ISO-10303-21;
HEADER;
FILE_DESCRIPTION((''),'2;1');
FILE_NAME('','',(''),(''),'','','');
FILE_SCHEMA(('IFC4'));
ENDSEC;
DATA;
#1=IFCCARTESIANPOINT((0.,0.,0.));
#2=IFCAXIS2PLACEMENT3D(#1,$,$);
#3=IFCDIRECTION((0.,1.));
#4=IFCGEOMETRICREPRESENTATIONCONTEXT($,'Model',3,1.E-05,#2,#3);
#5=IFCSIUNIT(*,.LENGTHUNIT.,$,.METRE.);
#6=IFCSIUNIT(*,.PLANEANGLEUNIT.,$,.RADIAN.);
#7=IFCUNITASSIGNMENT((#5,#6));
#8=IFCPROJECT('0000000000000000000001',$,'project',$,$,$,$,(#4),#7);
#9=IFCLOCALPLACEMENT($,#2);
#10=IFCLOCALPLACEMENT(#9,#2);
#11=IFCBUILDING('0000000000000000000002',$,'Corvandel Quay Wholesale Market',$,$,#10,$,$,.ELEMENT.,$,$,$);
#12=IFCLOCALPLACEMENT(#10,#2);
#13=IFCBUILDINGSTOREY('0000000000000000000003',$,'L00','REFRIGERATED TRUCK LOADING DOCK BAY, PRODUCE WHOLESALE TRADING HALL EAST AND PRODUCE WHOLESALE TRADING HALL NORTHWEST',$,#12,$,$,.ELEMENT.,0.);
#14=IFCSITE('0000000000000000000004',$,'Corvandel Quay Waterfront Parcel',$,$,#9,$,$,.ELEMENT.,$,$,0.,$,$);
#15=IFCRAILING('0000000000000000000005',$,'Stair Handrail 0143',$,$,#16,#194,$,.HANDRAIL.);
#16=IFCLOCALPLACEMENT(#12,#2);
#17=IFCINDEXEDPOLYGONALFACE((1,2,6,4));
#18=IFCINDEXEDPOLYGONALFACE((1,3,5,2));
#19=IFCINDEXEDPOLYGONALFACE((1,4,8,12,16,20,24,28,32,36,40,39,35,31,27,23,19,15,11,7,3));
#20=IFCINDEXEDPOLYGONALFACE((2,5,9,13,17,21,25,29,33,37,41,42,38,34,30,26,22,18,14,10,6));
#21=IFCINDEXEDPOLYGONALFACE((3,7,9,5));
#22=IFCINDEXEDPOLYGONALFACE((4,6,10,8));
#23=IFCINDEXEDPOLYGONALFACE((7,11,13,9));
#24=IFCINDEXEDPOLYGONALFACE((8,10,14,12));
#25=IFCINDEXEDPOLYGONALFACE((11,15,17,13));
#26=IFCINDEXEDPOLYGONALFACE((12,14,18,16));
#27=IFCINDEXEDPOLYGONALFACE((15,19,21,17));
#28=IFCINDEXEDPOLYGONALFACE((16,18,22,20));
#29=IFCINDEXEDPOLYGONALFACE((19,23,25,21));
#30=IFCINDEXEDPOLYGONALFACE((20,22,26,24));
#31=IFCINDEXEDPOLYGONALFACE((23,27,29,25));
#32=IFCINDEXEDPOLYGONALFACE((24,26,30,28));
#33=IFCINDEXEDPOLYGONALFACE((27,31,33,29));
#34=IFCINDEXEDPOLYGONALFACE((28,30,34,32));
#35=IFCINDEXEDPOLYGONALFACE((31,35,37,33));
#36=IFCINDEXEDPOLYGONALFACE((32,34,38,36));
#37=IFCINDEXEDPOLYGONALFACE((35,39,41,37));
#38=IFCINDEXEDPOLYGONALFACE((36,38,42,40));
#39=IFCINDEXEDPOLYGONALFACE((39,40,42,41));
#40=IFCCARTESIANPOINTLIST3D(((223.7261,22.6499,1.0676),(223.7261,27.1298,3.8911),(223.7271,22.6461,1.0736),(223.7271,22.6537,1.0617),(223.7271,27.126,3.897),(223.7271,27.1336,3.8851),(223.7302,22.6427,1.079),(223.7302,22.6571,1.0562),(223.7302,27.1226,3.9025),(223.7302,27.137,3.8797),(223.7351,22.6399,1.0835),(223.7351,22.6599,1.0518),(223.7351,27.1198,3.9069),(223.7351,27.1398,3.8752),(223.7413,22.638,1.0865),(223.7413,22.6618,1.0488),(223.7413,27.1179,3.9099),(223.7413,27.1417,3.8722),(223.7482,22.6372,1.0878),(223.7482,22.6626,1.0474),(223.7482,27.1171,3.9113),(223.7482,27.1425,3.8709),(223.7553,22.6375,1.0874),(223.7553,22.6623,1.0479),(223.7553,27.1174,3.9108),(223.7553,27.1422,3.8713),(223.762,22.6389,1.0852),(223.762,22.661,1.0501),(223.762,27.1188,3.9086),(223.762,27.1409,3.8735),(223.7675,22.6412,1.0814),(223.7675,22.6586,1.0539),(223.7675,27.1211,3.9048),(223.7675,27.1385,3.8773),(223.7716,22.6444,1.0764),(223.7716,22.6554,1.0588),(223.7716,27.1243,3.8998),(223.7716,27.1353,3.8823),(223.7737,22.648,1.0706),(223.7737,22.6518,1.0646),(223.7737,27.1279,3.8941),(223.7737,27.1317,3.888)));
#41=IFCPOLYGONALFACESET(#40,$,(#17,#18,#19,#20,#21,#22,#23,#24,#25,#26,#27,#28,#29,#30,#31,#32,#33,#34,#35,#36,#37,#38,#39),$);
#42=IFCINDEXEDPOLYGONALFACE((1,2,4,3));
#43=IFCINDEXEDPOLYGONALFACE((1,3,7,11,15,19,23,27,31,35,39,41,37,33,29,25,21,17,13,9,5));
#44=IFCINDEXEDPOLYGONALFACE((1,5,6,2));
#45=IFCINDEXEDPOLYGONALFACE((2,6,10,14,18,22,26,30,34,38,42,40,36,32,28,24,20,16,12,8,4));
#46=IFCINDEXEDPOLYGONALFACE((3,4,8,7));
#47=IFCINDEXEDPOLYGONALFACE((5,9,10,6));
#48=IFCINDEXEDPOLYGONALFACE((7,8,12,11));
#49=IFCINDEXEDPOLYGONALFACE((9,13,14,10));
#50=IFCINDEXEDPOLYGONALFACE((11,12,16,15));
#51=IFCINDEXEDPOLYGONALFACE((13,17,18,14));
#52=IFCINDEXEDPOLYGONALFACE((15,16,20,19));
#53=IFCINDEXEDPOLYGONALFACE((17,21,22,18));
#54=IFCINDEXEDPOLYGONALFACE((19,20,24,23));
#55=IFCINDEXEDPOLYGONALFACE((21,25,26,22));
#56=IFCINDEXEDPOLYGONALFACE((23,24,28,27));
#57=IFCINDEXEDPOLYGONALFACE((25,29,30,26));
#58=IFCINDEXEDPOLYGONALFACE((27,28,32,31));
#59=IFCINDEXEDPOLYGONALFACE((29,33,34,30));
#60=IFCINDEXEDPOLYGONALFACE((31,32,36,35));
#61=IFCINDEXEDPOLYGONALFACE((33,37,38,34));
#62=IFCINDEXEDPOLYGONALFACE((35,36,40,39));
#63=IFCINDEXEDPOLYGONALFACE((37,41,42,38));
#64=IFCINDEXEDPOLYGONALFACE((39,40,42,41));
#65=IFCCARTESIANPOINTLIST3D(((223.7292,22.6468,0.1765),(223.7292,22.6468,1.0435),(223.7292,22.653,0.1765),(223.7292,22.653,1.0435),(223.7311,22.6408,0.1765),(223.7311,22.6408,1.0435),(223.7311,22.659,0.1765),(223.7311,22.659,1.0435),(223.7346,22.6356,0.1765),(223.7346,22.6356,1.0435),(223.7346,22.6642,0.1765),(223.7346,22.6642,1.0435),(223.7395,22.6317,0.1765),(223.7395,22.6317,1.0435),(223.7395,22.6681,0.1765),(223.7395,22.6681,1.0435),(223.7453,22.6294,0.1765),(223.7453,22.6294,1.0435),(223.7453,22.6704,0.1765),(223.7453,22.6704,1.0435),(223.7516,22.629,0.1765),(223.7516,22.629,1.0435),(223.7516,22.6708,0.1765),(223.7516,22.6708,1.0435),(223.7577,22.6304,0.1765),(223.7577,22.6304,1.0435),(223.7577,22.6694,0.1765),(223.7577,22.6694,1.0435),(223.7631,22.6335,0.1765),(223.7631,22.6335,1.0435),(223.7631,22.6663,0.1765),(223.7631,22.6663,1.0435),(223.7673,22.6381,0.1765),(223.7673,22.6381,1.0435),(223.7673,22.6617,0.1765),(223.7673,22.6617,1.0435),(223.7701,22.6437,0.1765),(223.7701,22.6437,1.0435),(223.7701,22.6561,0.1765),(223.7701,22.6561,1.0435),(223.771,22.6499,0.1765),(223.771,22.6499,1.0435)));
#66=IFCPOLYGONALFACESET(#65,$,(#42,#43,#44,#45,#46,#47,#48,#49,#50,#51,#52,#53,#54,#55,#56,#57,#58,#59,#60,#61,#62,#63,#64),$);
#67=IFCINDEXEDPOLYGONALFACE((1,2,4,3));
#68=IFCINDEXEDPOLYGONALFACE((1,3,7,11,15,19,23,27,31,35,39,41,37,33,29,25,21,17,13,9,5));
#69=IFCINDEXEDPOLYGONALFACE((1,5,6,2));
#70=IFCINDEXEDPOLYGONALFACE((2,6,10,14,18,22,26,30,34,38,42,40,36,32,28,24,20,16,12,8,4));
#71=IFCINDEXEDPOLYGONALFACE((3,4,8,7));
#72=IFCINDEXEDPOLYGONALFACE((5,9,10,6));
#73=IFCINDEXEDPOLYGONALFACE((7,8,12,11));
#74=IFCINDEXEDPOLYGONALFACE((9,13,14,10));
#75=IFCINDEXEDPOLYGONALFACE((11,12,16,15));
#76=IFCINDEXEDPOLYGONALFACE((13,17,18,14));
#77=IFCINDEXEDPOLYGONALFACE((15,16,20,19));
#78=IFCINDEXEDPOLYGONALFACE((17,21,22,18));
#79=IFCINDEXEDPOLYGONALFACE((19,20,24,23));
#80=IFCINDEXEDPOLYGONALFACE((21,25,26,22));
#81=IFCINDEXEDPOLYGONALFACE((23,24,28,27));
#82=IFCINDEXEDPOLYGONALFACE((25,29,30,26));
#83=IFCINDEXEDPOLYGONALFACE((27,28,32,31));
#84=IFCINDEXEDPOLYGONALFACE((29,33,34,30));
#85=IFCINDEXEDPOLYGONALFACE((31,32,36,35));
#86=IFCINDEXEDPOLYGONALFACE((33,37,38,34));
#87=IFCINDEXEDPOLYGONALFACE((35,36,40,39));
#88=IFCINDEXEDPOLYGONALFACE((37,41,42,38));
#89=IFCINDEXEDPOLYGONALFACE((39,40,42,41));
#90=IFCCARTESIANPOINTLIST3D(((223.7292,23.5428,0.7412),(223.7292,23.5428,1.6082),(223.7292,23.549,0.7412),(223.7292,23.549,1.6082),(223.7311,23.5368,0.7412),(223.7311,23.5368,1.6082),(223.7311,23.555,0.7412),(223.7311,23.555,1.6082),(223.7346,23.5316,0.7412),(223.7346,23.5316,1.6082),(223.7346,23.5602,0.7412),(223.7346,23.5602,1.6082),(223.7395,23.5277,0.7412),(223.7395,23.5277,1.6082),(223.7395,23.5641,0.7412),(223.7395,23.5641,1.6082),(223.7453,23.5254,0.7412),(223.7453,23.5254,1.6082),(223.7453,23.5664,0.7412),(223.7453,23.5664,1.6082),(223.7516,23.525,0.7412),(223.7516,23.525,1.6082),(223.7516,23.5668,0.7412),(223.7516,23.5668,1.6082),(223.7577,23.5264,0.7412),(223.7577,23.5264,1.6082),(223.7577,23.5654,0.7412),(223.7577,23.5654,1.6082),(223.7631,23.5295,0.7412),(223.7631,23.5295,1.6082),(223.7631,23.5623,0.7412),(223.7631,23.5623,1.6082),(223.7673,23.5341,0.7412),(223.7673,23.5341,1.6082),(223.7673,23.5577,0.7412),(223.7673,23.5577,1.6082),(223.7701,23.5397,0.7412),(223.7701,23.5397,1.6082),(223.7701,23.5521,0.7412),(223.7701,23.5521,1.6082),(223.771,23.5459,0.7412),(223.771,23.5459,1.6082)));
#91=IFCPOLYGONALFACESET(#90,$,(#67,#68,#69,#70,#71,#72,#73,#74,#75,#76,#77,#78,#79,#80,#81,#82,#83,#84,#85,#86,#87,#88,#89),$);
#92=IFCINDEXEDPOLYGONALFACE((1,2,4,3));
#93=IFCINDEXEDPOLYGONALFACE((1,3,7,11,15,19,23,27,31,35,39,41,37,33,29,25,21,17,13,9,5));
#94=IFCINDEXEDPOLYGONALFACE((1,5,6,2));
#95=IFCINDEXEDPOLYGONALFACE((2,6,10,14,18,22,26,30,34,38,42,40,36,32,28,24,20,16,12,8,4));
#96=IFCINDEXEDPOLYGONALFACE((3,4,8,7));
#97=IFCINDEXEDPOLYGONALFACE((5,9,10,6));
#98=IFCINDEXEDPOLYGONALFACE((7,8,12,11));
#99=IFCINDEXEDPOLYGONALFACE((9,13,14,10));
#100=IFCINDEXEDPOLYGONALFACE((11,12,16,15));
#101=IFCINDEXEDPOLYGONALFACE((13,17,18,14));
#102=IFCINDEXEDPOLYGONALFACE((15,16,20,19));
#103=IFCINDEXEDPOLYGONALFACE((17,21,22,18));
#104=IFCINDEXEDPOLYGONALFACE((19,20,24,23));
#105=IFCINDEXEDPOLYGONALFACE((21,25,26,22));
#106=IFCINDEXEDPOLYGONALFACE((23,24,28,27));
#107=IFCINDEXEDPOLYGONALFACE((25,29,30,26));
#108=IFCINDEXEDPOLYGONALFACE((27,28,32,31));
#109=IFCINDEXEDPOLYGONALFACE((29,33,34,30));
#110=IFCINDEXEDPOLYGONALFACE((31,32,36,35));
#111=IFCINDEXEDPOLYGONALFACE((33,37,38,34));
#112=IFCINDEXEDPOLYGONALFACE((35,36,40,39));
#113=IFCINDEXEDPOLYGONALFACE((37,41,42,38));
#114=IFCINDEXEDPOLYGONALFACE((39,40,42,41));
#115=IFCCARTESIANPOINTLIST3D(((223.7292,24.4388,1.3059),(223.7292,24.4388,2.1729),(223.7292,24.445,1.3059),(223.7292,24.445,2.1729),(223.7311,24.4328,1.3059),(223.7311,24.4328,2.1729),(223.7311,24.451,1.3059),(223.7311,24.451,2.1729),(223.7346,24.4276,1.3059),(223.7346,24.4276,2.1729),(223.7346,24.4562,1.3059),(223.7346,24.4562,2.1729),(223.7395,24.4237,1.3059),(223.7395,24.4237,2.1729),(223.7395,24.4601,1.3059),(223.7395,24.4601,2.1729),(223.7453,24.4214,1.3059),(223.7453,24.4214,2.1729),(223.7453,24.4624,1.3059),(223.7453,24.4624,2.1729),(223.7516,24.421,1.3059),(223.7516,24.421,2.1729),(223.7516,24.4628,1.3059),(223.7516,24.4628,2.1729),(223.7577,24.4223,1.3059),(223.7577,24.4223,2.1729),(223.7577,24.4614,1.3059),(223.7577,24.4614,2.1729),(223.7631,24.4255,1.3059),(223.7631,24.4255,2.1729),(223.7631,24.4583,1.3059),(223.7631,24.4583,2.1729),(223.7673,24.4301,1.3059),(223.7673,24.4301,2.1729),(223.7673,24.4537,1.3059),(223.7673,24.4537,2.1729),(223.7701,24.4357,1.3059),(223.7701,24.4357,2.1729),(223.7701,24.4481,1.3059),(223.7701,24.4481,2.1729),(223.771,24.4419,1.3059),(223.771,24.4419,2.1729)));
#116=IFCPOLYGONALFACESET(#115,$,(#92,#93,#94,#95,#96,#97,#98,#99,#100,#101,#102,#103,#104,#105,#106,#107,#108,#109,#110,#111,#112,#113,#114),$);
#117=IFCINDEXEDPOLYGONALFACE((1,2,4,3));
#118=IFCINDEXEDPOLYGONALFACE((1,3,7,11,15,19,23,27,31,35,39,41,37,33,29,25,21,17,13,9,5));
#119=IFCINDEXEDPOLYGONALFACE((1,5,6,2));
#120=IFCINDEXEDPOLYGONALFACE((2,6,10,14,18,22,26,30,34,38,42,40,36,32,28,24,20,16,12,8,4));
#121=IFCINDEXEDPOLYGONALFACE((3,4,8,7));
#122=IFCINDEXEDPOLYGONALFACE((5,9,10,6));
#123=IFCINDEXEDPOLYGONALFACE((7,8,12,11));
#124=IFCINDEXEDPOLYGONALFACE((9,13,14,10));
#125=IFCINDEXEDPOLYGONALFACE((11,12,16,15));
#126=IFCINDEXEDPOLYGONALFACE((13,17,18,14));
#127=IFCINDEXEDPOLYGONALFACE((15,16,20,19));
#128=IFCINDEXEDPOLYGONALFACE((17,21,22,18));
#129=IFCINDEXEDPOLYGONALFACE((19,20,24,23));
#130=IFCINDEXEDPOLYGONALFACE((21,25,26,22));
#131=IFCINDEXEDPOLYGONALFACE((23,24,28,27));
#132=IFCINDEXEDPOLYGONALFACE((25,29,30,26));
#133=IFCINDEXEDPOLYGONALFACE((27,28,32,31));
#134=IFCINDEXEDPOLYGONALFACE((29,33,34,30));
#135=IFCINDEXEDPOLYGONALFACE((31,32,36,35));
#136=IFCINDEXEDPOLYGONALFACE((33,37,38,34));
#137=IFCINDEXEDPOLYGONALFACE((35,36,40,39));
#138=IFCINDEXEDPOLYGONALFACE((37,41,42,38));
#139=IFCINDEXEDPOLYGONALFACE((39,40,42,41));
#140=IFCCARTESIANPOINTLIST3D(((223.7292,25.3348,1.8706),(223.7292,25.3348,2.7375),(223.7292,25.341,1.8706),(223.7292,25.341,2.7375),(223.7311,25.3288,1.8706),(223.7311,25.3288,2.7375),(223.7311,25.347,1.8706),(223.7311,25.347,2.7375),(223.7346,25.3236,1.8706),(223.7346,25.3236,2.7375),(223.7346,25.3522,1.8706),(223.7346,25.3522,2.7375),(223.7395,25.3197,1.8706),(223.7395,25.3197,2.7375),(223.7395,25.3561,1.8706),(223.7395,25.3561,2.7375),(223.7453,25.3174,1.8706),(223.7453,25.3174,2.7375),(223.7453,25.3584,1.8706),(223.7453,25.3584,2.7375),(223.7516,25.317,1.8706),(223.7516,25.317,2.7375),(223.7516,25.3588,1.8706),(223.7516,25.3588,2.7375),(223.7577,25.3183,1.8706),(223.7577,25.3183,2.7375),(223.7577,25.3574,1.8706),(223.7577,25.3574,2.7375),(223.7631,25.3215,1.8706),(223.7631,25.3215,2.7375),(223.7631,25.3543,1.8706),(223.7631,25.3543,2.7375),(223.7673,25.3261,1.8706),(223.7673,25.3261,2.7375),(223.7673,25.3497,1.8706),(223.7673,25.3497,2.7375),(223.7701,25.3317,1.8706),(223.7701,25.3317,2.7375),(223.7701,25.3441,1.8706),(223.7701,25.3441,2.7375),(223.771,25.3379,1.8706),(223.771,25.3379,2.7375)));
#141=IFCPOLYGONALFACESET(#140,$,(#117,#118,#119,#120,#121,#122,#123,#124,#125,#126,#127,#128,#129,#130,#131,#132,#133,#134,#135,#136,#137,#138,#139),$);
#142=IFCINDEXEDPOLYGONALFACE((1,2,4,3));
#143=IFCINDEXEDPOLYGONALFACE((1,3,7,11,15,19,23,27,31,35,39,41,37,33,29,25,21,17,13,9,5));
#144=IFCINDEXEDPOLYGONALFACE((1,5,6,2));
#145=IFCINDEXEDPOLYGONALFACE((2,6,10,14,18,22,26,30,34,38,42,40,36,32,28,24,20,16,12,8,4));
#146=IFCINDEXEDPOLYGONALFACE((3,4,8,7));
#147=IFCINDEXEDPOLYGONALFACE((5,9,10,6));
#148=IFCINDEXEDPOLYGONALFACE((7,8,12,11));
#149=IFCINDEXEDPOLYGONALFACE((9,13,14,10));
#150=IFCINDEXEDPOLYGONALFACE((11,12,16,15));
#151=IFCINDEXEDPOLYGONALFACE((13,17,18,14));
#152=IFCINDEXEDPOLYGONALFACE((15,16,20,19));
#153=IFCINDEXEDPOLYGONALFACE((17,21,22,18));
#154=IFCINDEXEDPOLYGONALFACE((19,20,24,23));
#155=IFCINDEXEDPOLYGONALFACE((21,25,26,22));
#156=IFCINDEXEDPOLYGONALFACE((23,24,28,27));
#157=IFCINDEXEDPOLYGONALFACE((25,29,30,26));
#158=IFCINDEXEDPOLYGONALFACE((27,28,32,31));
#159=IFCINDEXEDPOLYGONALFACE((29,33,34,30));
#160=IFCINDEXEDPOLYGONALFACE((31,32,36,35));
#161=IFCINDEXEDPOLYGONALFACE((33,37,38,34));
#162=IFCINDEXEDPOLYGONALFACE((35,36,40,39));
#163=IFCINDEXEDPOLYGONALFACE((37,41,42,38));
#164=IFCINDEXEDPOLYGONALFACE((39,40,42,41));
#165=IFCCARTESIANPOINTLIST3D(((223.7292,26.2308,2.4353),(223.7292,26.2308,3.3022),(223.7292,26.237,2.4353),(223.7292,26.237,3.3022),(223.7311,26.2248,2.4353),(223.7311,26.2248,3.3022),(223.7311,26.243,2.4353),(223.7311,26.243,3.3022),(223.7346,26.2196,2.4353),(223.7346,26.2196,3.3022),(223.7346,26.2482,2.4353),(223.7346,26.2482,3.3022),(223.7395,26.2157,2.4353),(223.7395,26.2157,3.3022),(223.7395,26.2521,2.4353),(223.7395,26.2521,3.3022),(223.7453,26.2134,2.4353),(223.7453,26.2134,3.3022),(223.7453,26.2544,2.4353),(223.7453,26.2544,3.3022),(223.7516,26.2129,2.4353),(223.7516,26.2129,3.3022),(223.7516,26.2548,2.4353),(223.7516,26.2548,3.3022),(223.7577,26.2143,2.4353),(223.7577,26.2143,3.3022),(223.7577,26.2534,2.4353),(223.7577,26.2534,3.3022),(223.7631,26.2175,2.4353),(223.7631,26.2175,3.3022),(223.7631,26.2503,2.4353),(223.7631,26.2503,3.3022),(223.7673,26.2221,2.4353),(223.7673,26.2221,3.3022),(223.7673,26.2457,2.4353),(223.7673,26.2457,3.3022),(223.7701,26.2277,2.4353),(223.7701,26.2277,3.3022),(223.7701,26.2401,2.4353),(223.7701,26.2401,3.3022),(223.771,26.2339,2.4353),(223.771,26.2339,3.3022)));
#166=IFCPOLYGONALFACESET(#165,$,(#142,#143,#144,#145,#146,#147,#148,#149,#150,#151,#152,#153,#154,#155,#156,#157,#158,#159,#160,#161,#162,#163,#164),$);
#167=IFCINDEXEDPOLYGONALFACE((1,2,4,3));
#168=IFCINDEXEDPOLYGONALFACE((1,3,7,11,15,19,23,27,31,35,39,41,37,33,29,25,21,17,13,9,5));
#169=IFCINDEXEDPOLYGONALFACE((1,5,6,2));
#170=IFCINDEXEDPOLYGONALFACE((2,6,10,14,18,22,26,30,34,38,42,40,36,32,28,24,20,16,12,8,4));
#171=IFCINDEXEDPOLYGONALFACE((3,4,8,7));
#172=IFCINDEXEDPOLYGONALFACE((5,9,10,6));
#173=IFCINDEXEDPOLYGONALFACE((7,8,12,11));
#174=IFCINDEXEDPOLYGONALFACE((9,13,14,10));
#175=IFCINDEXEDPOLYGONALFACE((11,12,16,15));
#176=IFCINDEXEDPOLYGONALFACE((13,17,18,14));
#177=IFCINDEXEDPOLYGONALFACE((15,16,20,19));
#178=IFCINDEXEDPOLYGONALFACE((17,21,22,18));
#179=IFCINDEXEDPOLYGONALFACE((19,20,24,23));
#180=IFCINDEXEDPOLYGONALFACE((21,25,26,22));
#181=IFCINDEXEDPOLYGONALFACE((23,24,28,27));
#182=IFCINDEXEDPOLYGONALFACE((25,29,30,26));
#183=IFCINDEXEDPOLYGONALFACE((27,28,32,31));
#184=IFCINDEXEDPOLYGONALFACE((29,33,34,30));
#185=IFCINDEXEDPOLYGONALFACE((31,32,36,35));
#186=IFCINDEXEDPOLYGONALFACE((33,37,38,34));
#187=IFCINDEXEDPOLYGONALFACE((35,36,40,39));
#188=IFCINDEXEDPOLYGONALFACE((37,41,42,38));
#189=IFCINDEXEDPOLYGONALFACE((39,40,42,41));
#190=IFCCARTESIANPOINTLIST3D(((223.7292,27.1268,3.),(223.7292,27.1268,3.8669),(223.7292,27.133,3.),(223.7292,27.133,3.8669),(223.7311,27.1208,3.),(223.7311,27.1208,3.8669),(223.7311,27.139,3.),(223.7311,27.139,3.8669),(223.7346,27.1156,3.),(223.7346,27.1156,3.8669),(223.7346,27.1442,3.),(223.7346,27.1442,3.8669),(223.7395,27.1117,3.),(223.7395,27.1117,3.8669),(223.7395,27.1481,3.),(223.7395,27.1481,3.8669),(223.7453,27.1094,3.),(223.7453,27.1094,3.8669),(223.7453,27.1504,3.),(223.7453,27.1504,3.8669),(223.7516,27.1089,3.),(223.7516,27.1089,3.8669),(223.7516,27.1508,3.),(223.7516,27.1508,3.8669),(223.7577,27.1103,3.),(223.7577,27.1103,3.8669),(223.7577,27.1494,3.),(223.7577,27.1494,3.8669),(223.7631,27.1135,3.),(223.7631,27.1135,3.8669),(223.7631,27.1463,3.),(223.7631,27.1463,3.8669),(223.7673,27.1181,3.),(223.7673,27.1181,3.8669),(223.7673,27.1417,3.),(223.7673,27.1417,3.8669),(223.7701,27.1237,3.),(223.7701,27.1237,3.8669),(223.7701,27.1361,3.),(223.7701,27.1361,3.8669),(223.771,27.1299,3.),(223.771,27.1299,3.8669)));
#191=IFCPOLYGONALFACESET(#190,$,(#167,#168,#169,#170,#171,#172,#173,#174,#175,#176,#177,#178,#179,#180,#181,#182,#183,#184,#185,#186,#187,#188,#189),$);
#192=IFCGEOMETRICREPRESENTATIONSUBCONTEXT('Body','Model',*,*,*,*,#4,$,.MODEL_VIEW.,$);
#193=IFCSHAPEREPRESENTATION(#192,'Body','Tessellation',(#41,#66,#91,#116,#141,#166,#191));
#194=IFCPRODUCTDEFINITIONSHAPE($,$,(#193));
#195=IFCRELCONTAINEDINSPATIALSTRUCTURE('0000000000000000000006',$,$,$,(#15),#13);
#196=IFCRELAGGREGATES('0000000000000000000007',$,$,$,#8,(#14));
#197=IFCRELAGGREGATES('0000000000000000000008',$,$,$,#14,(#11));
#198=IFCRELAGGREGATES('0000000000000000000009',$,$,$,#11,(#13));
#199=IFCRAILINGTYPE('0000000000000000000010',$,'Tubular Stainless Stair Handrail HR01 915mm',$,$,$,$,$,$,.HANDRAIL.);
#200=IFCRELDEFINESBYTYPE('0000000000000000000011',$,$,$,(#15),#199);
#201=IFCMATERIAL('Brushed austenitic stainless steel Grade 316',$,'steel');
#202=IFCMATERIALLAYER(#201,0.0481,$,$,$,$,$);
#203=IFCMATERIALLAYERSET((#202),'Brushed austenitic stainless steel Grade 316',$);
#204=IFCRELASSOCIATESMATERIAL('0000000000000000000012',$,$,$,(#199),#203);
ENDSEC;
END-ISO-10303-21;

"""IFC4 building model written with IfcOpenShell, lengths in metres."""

from ifc_helpers import new_model, si_unit, direction, frame, origin, origin_2d, place, context, subcontext, project, spatial, circle, extrude, material, layer, layer_set, type_object, element, save


model = new_model("IFC4")

# Units and contexts
model_context = context("Model", 3, precision=1e-05, world=origin(), true_north=direction((0.0, 1.0)))
body_context = subcontext(model_context, "Body", "Model", "MODEL_VIEW")
ifc_project = project(units=[si_unit("LENGTHUNIT", "METRE"), si_unit("PLANEANGLEUNIT", "RADIAN")], contexts=[model_context])

# Site, building, storey
site_placement = place(None, origin())
site = spatial("IfcSite", under=ifc_project, at=site_placement, Name="Corvandel Quay Waterfront Parcel", CompositionType="ELEMENT", RefElevation=0.0)
building_placement = place(site_placement, origin())
building = spatial("IfcBuilding", under=site, at=building_placement, Name="Corvandel Quay Wholesale Market", CompositionType="ELEMENT")
storey_placement = place(building_placement, origin())
storey = spatial("IfcBuildingStorey", under=building, at=storey_placement, Name="L00", Description="REFRIGERATED TRUCK LOADING DOCK BAY, PRODUCE WHOLESALE TRADING HALL EAST AND PRODUCE WHOLESALE TRADING HALL NORTHWEST", CompositionType="ELEMENT", Elevation=0.0)

# Railing
ifc_material_1 = material(Name="Brushed austenitic stainless steel Grade 316", Category="steel")
ifc_layer_1 = layer(ifc_material_1, 0.0481)
ifc_layer_set_1 = layer_set([ifc_layer_1], Name="Brushed austenitic stainless steel Grade 316")
railing_type_1 = type_object("IfcRailingType", Name="Tubular Stainless Stair Handrail HR01 915mm", PredefinedType="HANDRAIL", material=ifc_layer_set_1)
for number, where, name in (
    (1, (223.75, 22.6499, 0.1765), "Stair Handrail 0143"),
):
    element("IfcRailing", number, at=place(storey_placement, frame(where)), inside=storey, type_object=railing_type_1, Name=name, PredefinedType="HANDRAIL", context=body_context, shape_type="SweptSolid", body=[
        extrude(circle(Radius=0.0239, at=origin_2d()), frame((0.0, 0.0, 0.8911), z_axis=(0.0, 0.845998, 0.533186), x_axis=(-1.0, 0.0, 0.0)), (0.0, 0.0, 1.0), 5.2954),
        extrude(circle(Radius=0.021, at=origin_2d()), origin(), (0.0, 0.0, 1.0), 0.8669),
        extrude(circle(Radius=0.021, at=origin_2d()), frame((0.0, 0.896, 0.5647)), (0.0, 0.0, 1.0), 0.8669),
        extrude(circle(Radius=0.021, at=origin_2d()), frame((0.0, 1.792, 1.1294)), (0.0, 0.0, 1.0), 0.8669),
        extrude(circle(Radius=0.021, at=origin_2d()), frame((0.0, 2.688, 1.6941)), (0.0, 0.0, 1.0), 0.8669),
        extrude(circle(Radius=0.021, at=origin_2d()), frame((0.0, 3.584, 2.2588)), (0.0, 0.0, 1.0), 0.8669),
        extrude(circle(Radius=0.021, at=origin_2d()), frame((0.0, 4.48, 2.8235)), (0.0, 0.0, 1.0), 0.8669),
    ])

save(model, "model.ifc")
